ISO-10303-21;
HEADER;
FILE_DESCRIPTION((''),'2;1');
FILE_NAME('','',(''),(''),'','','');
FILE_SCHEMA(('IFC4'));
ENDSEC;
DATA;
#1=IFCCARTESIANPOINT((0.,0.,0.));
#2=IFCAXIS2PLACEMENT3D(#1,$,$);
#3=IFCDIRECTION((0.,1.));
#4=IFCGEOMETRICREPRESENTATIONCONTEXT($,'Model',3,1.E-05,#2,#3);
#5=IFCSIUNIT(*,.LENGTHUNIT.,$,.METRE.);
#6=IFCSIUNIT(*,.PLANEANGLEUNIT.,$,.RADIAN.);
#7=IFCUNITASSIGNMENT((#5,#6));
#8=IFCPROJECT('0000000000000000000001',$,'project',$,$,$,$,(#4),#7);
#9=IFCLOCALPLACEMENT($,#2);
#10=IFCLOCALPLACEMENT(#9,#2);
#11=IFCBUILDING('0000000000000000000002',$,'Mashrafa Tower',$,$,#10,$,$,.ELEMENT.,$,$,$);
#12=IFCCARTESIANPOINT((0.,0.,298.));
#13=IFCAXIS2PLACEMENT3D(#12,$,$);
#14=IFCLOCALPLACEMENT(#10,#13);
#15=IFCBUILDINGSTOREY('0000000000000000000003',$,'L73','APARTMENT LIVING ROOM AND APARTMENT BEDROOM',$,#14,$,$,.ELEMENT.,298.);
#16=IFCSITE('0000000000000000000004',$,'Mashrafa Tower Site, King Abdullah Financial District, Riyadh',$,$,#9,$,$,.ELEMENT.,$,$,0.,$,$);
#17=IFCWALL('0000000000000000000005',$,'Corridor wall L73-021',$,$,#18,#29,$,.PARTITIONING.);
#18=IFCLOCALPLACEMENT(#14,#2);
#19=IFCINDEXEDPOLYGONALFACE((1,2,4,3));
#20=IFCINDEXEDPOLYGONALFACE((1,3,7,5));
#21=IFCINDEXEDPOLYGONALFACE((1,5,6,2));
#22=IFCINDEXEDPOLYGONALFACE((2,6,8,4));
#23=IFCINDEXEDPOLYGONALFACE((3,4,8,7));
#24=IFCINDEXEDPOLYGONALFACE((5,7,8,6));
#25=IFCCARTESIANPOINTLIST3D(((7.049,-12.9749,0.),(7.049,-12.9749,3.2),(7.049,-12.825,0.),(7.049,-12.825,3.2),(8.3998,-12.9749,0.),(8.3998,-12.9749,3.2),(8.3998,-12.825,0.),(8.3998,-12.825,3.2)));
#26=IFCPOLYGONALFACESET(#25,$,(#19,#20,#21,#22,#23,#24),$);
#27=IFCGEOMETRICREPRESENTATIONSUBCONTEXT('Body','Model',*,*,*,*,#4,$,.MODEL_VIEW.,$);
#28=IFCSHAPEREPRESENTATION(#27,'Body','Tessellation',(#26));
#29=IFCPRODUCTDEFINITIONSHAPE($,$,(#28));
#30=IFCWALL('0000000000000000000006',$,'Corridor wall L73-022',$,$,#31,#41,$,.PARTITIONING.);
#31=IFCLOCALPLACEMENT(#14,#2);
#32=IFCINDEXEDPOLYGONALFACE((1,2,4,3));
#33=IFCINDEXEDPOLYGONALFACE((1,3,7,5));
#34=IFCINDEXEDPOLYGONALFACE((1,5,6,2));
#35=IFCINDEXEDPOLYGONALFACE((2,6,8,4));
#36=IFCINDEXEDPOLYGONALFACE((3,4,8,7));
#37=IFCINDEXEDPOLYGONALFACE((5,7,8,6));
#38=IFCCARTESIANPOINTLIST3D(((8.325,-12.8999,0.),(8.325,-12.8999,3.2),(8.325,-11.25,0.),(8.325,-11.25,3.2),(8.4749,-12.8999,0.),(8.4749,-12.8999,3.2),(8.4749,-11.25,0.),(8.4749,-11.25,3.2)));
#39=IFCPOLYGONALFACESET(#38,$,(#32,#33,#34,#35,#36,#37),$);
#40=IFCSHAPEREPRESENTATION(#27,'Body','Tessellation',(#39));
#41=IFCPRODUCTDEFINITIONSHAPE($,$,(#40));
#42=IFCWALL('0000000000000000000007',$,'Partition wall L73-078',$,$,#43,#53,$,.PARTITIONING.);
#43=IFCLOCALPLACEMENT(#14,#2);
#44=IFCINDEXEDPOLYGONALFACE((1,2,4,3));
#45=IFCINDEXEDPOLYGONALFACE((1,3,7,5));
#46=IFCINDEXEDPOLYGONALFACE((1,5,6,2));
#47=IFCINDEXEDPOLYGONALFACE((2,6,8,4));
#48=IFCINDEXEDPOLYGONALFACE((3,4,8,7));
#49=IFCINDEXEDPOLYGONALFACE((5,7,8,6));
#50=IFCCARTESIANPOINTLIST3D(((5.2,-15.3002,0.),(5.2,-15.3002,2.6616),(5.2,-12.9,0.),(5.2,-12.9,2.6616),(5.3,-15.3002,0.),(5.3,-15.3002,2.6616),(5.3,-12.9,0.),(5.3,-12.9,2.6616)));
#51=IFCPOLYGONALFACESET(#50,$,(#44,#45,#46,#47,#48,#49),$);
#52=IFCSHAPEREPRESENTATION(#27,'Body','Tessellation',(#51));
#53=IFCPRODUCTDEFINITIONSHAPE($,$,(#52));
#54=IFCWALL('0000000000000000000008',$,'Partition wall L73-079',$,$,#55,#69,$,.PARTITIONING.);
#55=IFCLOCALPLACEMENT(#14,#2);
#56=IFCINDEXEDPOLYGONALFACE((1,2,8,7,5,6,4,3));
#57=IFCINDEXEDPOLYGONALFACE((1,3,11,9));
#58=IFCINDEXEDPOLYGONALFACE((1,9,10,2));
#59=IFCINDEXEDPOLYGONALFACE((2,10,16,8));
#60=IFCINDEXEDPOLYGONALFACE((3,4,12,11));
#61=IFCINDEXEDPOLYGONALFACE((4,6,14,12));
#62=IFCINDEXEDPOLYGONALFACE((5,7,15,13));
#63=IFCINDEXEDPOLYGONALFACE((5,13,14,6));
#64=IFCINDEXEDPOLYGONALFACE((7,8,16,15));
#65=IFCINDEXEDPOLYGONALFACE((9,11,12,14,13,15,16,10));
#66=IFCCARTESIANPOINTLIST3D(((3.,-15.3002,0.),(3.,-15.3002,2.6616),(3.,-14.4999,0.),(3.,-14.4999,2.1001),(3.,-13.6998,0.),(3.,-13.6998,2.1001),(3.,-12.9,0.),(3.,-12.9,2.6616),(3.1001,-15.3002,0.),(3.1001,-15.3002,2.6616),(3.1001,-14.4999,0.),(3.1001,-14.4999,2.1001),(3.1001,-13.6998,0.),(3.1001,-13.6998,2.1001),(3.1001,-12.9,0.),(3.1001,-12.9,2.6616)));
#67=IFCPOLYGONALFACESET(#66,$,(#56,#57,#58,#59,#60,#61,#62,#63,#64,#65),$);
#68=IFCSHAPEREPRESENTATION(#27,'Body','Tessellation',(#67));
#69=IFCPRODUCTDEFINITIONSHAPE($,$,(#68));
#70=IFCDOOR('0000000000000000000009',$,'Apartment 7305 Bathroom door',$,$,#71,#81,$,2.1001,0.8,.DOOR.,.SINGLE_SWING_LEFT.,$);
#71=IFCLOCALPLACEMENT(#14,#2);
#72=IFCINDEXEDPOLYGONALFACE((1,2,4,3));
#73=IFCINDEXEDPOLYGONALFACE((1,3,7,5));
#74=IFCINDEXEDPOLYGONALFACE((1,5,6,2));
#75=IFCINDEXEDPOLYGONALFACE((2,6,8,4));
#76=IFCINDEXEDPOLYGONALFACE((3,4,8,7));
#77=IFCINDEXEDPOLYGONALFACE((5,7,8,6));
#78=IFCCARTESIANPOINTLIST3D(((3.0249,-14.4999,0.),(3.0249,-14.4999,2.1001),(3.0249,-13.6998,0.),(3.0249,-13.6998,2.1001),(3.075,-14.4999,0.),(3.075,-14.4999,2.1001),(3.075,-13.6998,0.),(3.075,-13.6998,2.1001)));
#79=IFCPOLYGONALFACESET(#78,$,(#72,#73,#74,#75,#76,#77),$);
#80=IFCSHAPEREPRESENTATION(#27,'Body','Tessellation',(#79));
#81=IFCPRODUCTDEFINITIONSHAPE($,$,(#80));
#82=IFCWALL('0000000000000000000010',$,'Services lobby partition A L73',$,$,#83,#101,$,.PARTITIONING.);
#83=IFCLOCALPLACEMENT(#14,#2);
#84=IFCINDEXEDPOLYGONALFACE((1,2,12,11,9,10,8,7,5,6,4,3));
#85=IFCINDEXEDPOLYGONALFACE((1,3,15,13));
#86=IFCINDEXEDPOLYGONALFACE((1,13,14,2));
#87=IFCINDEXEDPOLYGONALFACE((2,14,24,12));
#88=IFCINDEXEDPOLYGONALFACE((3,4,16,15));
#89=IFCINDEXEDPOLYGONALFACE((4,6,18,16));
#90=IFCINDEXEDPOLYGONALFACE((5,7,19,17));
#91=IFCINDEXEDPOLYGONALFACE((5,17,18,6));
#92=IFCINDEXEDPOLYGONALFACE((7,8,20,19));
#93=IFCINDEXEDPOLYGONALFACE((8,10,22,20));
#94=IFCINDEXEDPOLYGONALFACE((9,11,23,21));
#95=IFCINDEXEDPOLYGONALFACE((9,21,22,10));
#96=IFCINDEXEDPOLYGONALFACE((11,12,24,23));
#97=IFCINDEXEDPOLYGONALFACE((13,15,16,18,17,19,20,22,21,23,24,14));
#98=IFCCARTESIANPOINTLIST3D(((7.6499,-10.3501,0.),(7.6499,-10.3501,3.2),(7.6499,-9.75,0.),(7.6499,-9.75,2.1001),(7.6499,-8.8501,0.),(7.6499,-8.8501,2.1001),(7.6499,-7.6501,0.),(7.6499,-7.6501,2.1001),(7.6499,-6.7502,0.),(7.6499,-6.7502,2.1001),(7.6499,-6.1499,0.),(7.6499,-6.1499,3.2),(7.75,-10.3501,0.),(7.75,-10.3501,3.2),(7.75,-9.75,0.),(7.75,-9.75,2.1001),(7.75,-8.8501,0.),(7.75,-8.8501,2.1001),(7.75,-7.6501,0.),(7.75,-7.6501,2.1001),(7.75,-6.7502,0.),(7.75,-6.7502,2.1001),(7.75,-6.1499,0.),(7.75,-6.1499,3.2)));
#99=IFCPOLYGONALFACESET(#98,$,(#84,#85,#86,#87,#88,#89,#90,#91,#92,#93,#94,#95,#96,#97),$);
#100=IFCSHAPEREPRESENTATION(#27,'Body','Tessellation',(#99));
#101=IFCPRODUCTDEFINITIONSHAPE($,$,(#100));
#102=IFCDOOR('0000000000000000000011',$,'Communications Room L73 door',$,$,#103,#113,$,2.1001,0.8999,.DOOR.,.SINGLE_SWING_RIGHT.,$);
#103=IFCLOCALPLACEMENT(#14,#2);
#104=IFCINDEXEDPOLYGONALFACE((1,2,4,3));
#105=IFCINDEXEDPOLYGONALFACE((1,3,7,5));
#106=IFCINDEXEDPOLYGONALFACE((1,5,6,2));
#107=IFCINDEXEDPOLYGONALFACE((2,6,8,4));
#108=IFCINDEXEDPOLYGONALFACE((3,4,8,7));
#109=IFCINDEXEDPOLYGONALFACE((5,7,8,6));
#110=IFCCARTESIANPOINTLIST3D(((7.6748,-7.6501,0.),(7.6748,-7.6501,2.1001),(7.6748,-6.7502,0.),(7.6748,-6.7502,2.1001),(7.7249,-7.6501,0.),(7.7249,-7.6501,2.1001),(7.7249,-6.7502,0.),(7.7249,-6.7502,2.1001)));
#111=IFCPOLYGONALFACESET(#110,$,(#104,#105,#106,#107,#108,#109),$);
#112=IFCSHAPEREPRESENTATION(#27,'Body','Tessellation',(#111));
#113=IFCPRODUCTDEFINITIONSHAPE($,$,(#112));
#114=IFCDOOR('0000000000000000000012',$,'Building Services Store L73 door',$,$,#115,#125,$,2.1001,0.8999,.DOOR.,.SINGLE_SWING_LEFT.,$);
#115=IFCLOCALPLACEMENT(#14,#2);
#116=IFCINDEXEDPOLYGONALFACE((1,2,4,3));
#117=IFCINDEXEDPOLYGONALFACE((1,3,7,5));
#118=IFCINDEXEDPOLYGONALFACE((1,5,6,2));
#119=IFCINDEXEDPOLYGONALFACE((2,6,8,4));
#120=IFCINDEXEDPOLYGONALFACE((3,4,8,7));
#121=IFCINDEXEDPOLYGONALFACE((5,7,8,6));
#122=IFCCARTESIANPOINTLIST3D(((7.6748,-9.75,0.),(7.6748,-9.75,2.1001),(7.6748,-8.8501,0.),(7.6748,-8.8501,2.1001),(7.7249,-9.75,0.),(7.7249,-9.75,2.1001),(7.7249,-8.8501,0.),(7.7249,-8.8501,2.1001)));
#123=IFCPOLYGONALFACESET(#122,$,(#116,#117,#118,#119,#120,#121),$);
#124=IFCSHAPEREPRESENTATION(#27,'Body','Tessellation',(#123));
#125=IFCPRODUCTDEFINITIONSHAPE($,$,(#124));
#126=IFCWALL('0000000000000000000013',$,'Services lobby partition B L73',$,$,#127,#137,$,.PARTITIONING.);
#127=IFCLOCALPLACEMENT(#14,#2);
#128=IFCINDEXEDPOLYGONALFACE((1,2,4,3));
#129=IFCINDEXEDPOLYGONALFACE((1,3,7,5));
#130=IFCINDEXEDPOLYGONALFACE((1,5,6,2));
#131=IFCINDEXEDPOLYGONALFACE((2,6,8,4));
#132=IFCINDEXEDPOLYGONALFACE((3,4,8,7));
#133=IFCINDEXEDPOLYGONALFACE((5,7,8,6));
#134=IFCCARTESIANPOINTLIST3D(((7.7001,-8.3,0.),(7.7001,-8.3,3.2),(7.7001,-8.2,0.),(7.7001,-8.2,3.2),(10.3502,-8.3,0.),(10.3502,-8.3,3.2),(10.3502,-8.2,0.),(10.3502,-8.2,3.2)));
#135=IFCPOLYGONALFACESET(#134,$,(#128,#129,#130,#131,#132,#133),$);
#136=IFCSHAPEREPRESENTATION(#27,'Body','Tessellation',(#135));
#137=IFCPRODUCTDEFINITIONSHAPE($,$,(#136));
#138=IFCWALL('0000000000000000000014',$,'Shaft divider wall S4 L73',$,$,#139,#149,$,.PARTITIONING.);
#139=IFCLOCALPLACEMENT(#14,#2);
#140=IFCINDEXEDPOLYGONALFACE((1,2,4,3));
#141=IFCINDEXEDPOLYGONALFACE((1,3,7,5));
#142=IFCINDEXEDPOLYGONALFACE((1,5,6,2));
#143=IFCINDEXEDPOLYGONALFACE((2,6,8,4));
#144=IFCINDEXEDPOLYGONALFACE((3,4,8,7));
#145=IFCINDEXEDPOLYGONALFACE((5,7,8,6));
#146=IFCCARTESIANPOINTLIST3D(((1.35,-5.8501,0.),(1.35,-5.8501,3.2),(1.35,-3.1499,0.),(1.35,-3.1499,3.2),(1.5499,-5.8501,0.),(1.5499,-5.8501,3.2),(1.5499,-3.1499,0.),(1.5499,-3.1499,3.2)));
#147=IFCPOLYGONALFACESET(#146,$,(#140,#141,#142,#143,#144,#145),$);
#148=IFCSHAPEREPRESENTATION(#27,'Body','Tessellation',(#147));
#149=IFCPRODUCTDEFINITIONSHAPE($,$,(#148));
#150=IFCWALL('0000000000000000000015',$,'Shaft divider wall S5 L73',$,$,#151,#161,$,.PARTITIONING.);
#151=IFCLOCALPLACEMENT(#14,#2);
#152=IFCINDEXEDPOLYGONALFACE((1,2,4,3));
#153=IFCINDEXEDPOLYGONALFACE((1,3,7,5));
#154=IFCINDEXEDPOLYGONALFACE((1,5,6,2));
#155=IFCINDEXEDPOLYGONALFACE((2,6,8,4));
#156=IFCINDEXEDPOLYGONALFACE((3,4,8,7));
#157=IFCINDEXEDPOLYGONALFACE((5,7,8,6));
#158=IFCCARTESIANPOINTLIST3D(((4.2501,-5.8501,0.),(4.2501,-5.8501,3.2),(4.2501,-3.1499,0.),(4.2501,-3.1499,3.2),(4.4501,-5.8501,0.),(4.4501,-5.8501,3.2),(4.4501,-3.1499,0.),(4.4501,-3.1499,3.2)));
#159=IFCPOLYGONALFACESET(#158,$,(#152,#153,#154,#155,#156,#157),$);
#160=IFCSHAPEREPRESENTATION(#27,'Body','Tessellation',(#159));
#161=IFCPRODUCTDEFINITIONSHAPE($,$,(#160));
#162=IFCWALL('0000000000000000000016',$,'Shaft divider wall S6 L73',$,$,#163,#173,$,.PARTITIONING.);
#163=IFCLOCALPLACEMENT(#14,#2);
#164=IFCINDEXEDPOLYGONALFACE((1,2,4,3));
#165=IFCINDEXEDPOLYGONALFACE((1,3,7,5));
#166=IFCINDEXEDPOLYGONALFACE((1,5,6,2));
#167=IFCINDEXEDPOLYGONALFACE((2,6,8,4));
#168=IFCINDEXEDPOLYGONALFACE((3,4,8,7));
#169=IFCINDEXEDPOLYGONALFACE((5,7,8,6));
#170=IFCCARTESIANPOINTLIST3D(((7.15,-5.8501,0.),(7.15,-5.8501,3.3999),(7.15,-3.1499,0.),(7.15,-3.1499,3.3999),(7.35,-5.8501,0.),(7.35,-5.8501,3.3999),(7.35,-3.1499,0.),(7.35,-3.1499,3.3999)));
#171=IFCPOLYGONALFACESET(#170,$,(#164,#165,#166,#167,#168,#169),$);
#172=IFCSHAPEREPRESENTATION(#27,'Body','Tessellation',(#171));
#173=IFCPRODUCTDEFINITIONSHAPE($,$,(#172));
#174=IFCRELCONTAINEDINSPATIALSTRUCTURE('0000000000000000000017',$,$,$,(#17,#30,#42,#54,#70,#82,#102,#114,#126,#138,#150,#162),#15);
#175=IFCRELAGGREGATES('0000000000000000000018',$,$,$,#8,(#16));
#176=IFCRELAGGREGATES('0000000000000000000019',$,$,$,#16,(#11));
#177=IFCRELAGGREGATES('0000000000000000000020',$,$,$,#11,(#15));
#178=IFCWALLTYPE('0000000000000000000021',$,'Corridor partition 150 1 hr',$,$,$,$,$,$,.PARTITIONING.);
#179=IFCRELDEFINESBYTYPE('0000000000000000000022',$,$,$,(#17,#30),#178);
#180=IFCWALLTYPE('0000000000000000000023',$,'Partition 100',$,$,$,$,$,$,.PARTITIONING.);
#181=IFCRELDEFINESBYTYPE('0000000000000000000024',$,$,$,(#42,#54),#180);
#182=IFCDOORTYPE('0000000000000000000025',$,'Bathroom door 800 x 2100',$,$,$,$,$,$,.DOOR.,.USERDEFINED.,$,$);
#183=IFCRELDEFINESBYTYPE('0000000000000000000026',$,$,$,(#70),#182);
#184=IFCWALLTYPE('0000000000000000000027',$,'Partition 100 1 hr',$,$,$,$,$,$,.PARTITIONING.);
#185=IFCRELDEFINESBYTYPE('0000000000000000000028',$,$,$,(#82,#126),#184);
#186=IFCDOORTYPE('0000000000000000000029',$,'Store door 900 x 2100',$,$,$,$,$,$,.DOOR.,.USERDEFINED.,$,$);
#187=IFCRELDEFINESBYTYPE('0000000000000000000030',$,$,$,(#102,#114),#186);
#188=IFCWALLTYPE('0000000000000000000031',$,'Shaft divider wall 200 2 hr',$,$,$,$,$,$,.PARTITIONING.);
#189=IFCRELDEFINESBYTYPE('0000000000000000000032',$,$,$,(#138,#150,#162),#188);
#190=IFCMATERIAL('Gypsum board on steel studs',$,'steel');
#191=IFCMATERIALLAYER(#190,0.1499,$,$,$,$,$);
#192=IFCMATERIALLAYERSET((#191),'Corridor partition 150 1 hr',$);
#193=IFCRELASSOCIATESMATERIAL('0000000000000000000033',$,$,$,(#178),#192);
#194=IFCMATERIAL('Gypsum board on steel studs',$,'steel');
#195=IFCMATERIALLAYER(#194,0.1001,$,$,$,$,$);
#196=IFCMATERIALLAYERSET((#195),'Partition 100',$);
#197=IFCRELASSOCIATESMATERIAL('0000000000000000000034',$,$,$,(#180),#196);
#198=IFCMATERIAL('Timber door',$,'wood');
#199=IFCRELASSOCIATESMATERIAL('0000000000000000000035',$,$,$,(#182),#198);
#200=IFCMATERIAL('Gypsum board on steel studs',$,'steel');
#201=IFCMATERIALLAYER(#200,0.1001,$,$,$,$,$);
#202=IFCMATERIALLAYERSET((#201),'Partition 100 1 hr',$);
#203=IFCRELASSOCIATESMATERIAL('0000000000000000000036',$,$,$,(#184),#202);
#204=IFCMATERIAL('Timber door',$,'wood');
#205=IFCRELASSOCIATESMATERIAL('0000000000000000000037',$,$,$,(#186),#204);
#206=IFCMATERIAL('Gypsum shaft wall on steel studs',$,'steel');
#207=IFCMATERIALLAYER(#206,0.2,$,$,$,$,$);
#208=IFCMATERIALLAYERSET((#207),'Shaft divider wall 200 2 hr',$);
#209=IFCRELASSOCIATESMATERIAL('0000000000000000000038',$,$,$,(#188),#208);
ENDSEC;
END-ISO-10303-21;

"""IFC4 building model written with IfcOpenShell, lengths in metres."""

from ifc_helpers import new_model, si_unit, direction, frame, frame_2d, origin, place, context, subcontext, project, spatial, rectangle, extrude, material, layer, layer_set, type_object, element, fill, save


model = new_model("IFC4")

# Units and contexts
model_context = context("Model", 3, precision=1e-05, world=origin(), true_north=direction((0.0, 1.0)))
body_context = subcontext(model_context, "Body", "Model", "MODEL_VIEW")
ifc_project = project(units=[si_unit("LENGTHUNIT", "METRE"), si_unit("PLANEANGLEUNIT", "RADIAN")], contexts=[model_context])

# Site, building, storey
site_placement = place(None, origin())
site = spatial("IfcSite", under=ifc_project, at=site_placement, Name="Mashrafa Tower Site, King Abdullah Financial District, Riyadh", CompositionType="ELEMENT", RefElevation=0.0)
building_placement = place(site_placement, origin())
building = spatial("IfcBuilding", under=site, at=building_placement, Name="Mashrafa Tower", CompositionType="ELEMENT")
storey_placement = place(building_placement, frame((0.0, 0.0, 298.0)))
storey = spatial("IfcBuildingStorey", under=building, at=storey_placement, Name="L73", Description="APARTMENT LIVING ROOM AND APARTMENT BEDROOM", CompositionType="ELEMENT", Elevation=298.0)

# Walls
ifc_material_1 = material(Name="Gypsum board on steel studs", Category="steel")
ifc_layer_1 = layer(ifc_material_1, 0.1499)
ifc_layer_set_1 = layer_set([ifc_layer_1], Name="Corridor partition 150 1 hr")
wall_type_1 = type_object("IfcWallType", Name="Corridor partition 150 1 hr", PredefinedType="PARTITIONING", material=ifc_layer_set_1)
wall_1_placement = place(storey_placement, frame((7.0491, -12.8999, 0.0), z_axis=(0.0, 0.0, 1.0), x_axis=(1.0, 0.0, 0.0)))
element("IfcWall", 1, at=wall_1_placement, inside=storey, type_object=wall_type_1, Name="Corridor wall L73-021", PredefinedType="PARTITIONING", context=body_context, shape_type="SweptSolid", body=[
    extrude(rectangle(XDim=1.3508, YDim=0.1499, at=frame_2d((0.6753, 0.0))), origin(), (0.0, 0.0, 1.0), 3.2),
])
wall_2_placement = place(storey_placement, frame((8.3999, -12.8999, 0.0), z_axis=(0.0, 0.0, 1.0), x_axis=(0.0, 1.0, 0.0)))
element("IfcWall", 2, at=wall_2_placement, inside=storey, type_object=wall_type_1, Name="Corridor wall L73-022", PredefinedType="PARTITIONING", context=body_context, shape_type="SweptSolid", body=[
    extrude(rectangle(XDim=1.6499, YDim=0.1499, at=frame_2d((0.825, 0.0))), origin(), (0.0, 0.0, 1.0), 3.2),
])
ifc_material_2 = material(Name="Gypsum board on steel studs", Category="steel")
ifc_layer_2 = layer(ifc_material_2, 0.1001)
ifc_layer_set_2 = layer_set([ifc_layer_2], Name="Partition 100")
wall_type_2 = type_object("IfcWallType", Name="Partition 100", PredefinedType="PARTITIONING", material=ifc_layer_set_2)
wall_3_placement = place(storey_placement, frame((5.25, -12.8999, 0.0), z_axis=(0.0, 0.0, 1.0), x_axis=(0.0, -1.0, 0.0)))
element("IfcWall", 3, at=wall_3_placement, inside=storey, type_object=wall_type_2, Name="Partition wall L73-078", PredefinedType="PARTITIONING", context=body_context, shape_type="SweptSolid", body=[
    extrude(rectangle(XDim=2.4001, YDim=0.1001, at=frame_2d((1.2002, 0.0))), origin(), (0.0, 0.0, 1.0), 2.6616),
])

# Wall, opening, door
wall_4_placement = place(storey_placement, frame((3.05, -12.8999, 0.0), z_axis=(0.0, 0.0, 1.0), x_axis=(0.0, -1.0, 0.0)))
wall_4 = element("IfcWall", 4, at=wall_4_placement, inside=storey, type_object=wall_type_2, Name="Partition wall L73-079", PredefinedType="PARTITIONING", context=body_context, shape_type="SweptSolid", body=[
    extrude(rectangle(XDim=2.4001, YDim=0.1001, at=frame_2d((1.2002, 0.0))), origin(), (0.0, 0.0, 1.0), 2.6616),
])
opening_1_placement = place(wall_4_placement, frame((0.8, 0.0, 0.0)))
opening_1 = element("IfcOpeningElement", 5, at=opening_1_placement, cuts=wall_4, PredefinedType="OPENING", context=body_context, shape_type="SweptSolid", body=[
    extrude(rectangle(XDim=0.8, YDim=2.1001, at=frame_2d((0.3999, 1.05))), frame((0.0, 0.0601, 0.0), z_axis=(0.0, -1.0, 0.0), x_axis=(1.0, 0.0, 0.0)), (0.0, 0.0, 1.0), 0.1201),
])
ifc_material_3 = material(Name="Timber door", Category="wood")
door_type_1 = type_object("IfcDoorType", Name="Bathroom door 800 x 2100", OperationType="USERDEFINED", PredefinedType="DOOR", material=ifc_material_3)
door_1_placement = place(opening_1_placement, origin())
door_1 = element("IfcDoor", 6, at=door_1_placement, inside=storey, type_object=door_type_1, Name="Apartment 7305 Bathroom door", OperationType="SINGLE_SWING_LEFT", OverallHeight=2.1001, OverallWidth=0.8, PredefinedType="DOOR", context=body_context, shape_type="SweptSolid", body=[
    extrude(rectangle(XDim=0.8, YDim=2.1001, at=frame_2d((0.3999, 1.05))), frame((0.0, 0.0249, 0.0), z_axis=(0.0, -1.0, 0.0), x_axis=(1.0, 0.0, 0.0)), (0.0, 0.0, 1.0), 0.05),
])
fill(opening_1, door_1)

# Wall, openings, doors
ifc_material_4 = material(Name="Gypsum board on steel studs", Category="steel")
ifc_layer_3 = layer(ifc_material_4, 0.1001)
ifc_layer_set_3 = layer_set([ifc_layer_3], Name="Partition 100 1 hr")
wall_type_3 = type_object("IfcWallType", Name="Partition 100 1 hr", PredefinedType="PARTITIONING", material=ifc_layer_set_3)
wall_5_placement = place(storey_placement, frame((7.7, -10.3501, 0.0), z_axis=(0.0, 0.0, 1.0), x_axis=(0.0, 1.0, 0.0)))
wall_5 = element("IfcWall", 7, at=wall_5_placement, inside=storey, type_object=wall_type_3, Name="Services lobby partition A L73", PredefinedType="PARTITIONING", context=body_context, shape_type="SweptSolid", body=[
    extrude(rectangle(XDim=4.2002, YDim=0.1001, at=frame_2d((2.1001, 0.0))), origin(), (0.0, 0.0, 1.0), 3.2),
])
opening_2_placement = place(wall_5_placement, frame((2.7, 0.0, 0.0)))
opening_2 = element("IfcOpeningElement", 8, at=opening_2_placement, cuts=wall_5, PredefinedType="OPENING", context=body_context, shape_type="SweptSolid", body=[
    extrude(rectangle(XDim=0.8999, YDim=2.1001, at=frame_2d((0.45, 1.05))), frame((0.0, 0.0601, 0.0), z_axis=(0.0, -1.0, 0.0), x_axis=(1.0, 0.0, 0.0)), (0.0, 0.0, 1.0), 0.1201),
])
opening_3_placement = place(wall_5_placement, frame((0.6001, 0.0, 0.0)))
opening_3 = element("IfcOpeningElement", 9, at=opening_3_placement, cuts=wall_5, PredefinedType="OPENING", context=body_context, shape_type="SweptSolid", body=[
    extrude(rectangle(XDim=0.8999, YDim=2.1001, at=frame_2d((0.45, 1.05))), frame((0.0, 0.0601, 0.0), z_axis=(0.0, -1.0, 0.0), x_axis=(1.0, 0.0, 0.0)), (0.0, 0.0, 1.0), 0.1201),
])
ifc_material_5 = material(Name="Timber door", Category="wood")
door_type_2 = type_object("IfcDoorType", Name="Store door 900 x 2100", OperationType="USERDEFINED", PredefinedType="DOOR", material=ifc_material_5)
door_2_placement = place(opening_2_placement, frame((0.8999, 0.0, 0.0), z_axis=(0.0, 0.0, 1.0), x_axis=(-1.0, 0.0, 0.0)))
door_2 = element("IfcDoor", 10, at=door_2_placement, inside=storey, type_object=door_type_2, Name="Communications Room L73 door", OperationType="SINGLE_SWING_RIGHT", OverallHeight=2.1001, OverallWidth=0.8999, PredefinedType="DOOR", context=body_context, shape_type="SweptSolid", body=[
    extrude(rectangle(XDim=0.8999, YDim=2.1001, at=frame_2d((0.45, 1.05))), frame((0.0, 0.0249, 0.0), z_axis=(0.0, -1.0, 0.0), x_axis=(1.0, 0.0, 0.0)), (0.0, 0.0, 1.0), 0.05),
])
fill(opening_2, door_2)
door_3_placement = place(opening_3_placement, frame((0.8999, 0.0, 0.0), z_axis=(0.0, 0.0, 1.0), x_axis=(-1.0, 0.0, 0.0)))
door_3 = element("IfcDoor", 11, at=door_3_placement, inside=storey, type_object=door_type_2, Name="Building Services Store L73 door", OperationType="SINGLE_SWING_LEFT", OverallHeight=2.1001, OverallWidth=0.8999, PredefinedType="DOOR", context=body_context, shape_type="SweptSolid", body=[
    extrude(rectangle(XDim=0.8999, YDim=2.1001, at=frame_2d((0.45, 1.05))), frame((0.0, 0.0249, 0.0), z_axis=(0.0, -1.0, 0.0), x_axis=(1.0, 0.0, 0.0)), (0.0, 0.0, 1.0), 0.05),
])
fill(opening_3, door_3)

# Walls
wall_6_placement = place(storey_placement, frame((7.7, -8.25, 0.0), z_axis=(0.0, 0.0, 1.0), x_axis=(1.0, 0.0, 0.0)))
element("IfcWall", 12, at=wall_6_placement, inside=storey, type_object=wall_type_3, Name="Services lobby partition B L73", PredefinedType="PARTITIONING", context=body_context, shape_type="SweptSolid", body=[
    extrude(rectangle(XDim=2.6501, YDim=0.1001, at=frame_2d((1.3252, 0.0))), origin(), (0.0, 0.0, 1.0), 3.2),
])
ifc_material_6 = material(Name="Gypsum shaft wall on steel studs", Category="steel")
ifc_layer_4 = layer(ifc_material_6, 0.2)
ifc_layer_set_4 = layer_set([ifc_layer_4], Name="Shaft divider wall 200 2 hr")
wall_type_4 = type_object("IfcWallType", Name="Shaft divider wall 200 2 hr", PredefinedType="PARTITIONING", material=ifc_layer_set_4)
for number, where, z_axis, x_axis, name in (
    (13, (1.45, -5.8501, 0.0), (0.0, 0.0, 1.0), (0.0, 1.0, 0.0), "Shaft divider wall S4 L73"),
    (14, (4.3501, -5.8501, 0.0), (0.0, 0.0, 1.0), (0.0, 1.0, 0.0), "Shaft divider wall S5 L73"),
):
    element("IfcWall", number, at=place(storey_placement, frame(where, z_axis=z_axis, x_axis=x_axis)), inside=storey, type_object=wall_type_4, Name=name, PredefinedType="PARTITIONING", context=body_context, shape_type="SweptSolid", body=[
        extrude(rectangle(XDim=2.7002, YDim=0.2, at=frame_2d((1.3501, 0.0))), origin(), (0.0, 0.0, 1.0), 3.2),
    ])
wall_7_placement = place(storey_placement, frame((7.25, -5.8501, 0.0), z_axis=(0.0, 0.0, 1.0), x_axis=(0.0, 1.0, 0.0)))
element("IfcWall", 15, at=wall_7_placement, inside=storey, type_object=wall_type_4, Name="Shaft divider wall S6 L73", PredefinedType="PARTITIONING", context=body_context, shape_type="SweptSolid", body=[
    extrude(rectangle(XDim=2.7002, YDim=0.2, at=frame_2d((1.3501, 0.0))), origin(), (0.0, 0.0, 1.0), 3.3999),
])

save(model, "model.ifc")
